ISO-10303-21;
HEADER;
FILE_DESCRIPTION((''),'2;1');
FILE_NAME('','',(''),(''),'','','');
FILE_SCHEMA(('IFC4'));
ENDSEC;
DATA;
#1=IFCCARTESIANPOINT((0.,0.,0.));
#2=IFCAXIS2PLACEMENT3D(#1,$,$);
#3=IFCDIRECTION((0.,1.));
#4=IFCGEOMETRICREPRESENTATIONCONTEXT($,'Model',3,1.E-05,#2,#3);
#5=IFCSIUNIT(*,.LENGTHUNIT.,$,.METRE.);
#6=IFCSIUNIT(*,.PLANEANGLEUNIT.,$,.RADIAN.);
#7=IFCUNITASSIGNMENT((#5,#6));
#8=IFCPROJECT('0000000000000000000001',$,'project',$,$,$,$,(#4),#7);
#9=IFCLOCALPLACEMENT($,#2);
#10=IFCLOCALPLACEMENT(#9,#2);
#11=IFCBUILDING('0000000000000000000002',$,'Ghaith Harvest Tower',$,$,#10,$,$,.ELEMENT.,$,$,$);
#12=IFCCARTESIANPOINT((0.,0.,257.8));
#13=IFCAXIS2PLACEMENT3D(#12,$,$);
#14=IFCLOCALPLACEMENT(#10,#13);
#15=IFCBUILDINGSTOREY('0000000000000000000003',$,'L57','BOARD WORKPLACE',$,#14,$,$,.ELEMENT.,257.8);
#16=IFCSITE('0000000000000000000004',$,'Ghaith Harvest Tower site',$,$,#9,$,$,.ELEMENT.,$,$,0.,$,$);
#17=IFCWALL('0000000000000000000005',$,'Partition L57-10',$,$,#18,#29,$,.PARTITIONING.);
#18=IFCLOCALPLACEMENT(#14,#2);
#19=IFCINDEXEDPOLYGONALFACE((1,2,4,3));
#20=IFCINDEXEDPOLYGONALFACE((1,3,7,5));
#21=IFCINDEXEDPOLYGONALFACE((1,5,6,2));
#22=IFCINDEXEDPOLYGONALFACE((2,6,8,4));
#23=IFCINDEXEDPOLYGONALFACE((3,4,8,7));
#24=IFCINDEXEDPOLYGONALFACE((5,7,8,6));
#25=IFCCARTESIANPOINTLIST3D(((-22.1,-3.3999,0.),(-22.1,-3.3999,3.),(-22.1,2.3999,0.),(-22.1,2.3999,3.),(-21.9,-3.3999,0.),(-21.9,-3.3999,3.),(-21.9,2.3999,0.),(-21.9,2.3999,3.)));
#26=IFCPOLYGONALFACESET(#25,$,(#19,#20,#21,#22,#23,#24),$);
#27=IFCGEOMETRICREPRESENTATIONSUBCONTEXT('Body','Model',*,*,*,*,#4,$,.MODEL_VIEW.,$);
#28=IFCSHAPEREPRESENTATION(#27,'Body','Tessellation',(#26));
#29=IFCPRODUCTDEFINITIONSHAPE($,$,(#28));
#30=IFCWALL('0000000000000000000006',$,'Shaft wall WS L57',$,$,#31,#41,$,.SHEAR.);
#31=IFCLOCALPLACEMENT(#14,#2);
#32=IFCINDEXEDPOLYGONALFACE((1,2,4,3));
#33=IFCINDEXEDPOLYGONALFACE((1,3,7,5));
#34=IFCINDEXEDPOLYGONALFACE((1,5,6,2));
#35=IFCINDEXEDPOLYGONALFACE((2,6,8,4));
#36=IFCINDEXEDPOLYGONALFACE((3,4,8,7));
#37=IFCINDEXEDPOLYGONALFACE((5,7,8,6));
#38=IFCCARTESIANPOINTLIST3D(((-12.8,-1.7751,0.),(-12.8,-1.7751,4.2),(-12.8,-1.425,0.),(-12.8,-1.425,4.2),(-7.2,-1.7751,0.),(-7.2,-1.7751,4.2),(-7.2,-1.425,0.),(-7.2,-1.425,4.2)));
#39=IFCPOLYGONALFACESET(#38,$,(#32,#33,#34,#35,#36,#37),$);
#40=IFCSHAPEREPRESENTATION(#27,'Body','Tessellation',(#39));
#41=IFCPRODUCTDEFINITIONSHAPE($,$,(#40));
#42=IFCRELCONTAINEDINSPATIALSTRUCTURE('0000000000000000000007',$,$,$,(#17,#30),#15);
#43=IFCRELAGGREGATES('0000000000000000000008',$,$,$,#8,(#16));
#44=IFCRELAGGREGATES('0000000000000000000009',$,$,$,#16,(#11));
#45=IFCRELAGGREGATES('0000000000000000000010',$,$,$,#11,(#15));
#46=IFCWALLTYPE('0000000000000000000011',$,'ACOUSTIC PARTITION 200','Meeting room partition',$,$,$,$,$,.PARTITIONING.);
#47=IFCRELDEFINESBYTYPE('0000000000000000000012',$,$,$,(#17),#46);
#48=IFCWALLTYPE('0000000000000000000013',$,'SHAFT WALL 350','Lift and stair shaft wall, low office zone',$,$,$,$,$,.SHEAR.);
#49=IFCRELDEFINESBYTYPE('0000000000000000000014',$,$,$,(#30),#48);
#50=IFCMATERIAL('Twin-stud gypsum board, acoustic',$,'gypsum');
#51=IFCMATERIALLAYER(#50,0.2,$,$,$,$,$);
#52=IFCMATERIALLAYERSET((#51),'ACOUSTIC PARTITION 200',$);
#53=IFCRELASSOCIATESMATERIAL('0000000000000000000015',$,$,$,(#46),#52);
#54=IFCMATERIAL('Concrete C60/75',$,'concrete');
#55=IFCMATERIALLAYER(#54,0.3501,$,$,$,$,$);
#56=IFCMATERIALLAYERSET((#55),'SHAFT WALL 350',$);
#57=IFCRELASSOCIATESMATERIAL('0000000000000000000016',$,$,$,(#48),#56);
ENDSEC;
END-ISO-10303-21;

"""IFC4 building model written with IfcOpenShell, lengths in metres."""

from ifc_helpers import new_model, si_unit, direction, frame, frame_2d, origin, place, context, subcontext, project, spatial, rectangle, extrude, material, layer, layer_set, type_object, element, save


model = new_model("IFC4")

# Units and contexts
model_context = context("Model", 3, precision=1e-05, world=origin(), true_north=direction((0.0, 1.0)))
body_context = subcontext(model_context, "Body", "Model", "MODEL_VIEW")
ifc_project = project(units=[si_unit("LENGTHUNIT", "METRE"), si_unit("PLANEANGLEUNIT", "RADIAN")], contexts=[model_context])

# Site, building, storey
site_placement = place(None, origin())
site = spatial("IfcSite", under=ifc_project, at=site_placement, Name="Ghaith Harvest Tower site", CompositionType="ELEMENT", RefElevation=0.0)
building_placement = place(site_placement, origin())
building = spatial("IfcBuilding", under=site, at=building_placement, Name="Ghaith Harvest Tower", CompositionType="ELEMENT")
storey_placement = place(building_placement, frame((0.0, 0.0, 257.8)))
storey = spatial("IfcBuildingStorey", under=building, at=storey_placement, Name="L57", Description="BOARD WORKPLACE", CompositionType="ELEMENT", Elevation=257.8)

# Shared definitions
ifc_material_1 = material(Name="Twin-stud gypsum board, acoustic", Category="gypsum")
ifc_layer_1 = layer(ifc_material_1, 0.2)
ifc_layer_set_1 = layer_set([ifc_layer_1], Name="ACOUSTIC PARTITION 200")
wall_type_1 = type_object("IfcWallType", Name="ACOUSTIC PARTITION 200", Description="Meeting room partition", PredefinedType="PARTITIONING", material=ifc_layer_set_1)

# Walls
wall_1_placement = place(storey_placement, frame((-22.0, -3.3999, 0.0), z_axis=(0.0, 0.0, 1.0), x_axis=(0.0, 1.0, 0.0)))
element("IfcWall", 1, at=wall_1_placement, inside=storey, type_object=wall_type_1, Name="Partition L57-10", PredefinedType="PARTITIONING", context=body_context, shape_type="SweptSolid", body=[
    extrude(rectangle(XDim=5.7998, YDim=0.2, at=frame_2d((2.8999, 0.0))), origin(), (0.0, 0.0, 1.0), 3.0),
])
ifc_material_2 = material(Name="Concrete C60/75", Category="concrete")
ifc_layer_2 = layer(ifc_material_2, 0.3501)
ifc_layer_set_2 = layer_set([ifc_layer_2], Name="SHAFT WALL 350")
wall_type_2 = type_object("IfcWallType", Name="SHAFT WALL 350", Description="Lift and stair shaft wall, low office zone", PredefinedType="SHEAR", material=ifc_layer_set_2)
wall_2_placement = place(storey_placement, frame((-12.8, -1.6001, 0.0), z_axis=(0.0, 0.0, 1.0), x_axis=(1.0, 0.0, 0.0)))
element("IfcWall", 2, at=wall_2_placement, inside=storey, type_object=wall_type_2, Name="Shaft wall WS L57", PredefinedType="SHEAR", context=body_context, shape_type="SweptSolid", body=[
    extrude(rectangle(XDim=5.6001, YDim=0.3501, at=frame_2d((2.8, 0.0))), origin(), (0.0, 0.0, 1.0), 4.2),
])

save(model, "model.ifc")
